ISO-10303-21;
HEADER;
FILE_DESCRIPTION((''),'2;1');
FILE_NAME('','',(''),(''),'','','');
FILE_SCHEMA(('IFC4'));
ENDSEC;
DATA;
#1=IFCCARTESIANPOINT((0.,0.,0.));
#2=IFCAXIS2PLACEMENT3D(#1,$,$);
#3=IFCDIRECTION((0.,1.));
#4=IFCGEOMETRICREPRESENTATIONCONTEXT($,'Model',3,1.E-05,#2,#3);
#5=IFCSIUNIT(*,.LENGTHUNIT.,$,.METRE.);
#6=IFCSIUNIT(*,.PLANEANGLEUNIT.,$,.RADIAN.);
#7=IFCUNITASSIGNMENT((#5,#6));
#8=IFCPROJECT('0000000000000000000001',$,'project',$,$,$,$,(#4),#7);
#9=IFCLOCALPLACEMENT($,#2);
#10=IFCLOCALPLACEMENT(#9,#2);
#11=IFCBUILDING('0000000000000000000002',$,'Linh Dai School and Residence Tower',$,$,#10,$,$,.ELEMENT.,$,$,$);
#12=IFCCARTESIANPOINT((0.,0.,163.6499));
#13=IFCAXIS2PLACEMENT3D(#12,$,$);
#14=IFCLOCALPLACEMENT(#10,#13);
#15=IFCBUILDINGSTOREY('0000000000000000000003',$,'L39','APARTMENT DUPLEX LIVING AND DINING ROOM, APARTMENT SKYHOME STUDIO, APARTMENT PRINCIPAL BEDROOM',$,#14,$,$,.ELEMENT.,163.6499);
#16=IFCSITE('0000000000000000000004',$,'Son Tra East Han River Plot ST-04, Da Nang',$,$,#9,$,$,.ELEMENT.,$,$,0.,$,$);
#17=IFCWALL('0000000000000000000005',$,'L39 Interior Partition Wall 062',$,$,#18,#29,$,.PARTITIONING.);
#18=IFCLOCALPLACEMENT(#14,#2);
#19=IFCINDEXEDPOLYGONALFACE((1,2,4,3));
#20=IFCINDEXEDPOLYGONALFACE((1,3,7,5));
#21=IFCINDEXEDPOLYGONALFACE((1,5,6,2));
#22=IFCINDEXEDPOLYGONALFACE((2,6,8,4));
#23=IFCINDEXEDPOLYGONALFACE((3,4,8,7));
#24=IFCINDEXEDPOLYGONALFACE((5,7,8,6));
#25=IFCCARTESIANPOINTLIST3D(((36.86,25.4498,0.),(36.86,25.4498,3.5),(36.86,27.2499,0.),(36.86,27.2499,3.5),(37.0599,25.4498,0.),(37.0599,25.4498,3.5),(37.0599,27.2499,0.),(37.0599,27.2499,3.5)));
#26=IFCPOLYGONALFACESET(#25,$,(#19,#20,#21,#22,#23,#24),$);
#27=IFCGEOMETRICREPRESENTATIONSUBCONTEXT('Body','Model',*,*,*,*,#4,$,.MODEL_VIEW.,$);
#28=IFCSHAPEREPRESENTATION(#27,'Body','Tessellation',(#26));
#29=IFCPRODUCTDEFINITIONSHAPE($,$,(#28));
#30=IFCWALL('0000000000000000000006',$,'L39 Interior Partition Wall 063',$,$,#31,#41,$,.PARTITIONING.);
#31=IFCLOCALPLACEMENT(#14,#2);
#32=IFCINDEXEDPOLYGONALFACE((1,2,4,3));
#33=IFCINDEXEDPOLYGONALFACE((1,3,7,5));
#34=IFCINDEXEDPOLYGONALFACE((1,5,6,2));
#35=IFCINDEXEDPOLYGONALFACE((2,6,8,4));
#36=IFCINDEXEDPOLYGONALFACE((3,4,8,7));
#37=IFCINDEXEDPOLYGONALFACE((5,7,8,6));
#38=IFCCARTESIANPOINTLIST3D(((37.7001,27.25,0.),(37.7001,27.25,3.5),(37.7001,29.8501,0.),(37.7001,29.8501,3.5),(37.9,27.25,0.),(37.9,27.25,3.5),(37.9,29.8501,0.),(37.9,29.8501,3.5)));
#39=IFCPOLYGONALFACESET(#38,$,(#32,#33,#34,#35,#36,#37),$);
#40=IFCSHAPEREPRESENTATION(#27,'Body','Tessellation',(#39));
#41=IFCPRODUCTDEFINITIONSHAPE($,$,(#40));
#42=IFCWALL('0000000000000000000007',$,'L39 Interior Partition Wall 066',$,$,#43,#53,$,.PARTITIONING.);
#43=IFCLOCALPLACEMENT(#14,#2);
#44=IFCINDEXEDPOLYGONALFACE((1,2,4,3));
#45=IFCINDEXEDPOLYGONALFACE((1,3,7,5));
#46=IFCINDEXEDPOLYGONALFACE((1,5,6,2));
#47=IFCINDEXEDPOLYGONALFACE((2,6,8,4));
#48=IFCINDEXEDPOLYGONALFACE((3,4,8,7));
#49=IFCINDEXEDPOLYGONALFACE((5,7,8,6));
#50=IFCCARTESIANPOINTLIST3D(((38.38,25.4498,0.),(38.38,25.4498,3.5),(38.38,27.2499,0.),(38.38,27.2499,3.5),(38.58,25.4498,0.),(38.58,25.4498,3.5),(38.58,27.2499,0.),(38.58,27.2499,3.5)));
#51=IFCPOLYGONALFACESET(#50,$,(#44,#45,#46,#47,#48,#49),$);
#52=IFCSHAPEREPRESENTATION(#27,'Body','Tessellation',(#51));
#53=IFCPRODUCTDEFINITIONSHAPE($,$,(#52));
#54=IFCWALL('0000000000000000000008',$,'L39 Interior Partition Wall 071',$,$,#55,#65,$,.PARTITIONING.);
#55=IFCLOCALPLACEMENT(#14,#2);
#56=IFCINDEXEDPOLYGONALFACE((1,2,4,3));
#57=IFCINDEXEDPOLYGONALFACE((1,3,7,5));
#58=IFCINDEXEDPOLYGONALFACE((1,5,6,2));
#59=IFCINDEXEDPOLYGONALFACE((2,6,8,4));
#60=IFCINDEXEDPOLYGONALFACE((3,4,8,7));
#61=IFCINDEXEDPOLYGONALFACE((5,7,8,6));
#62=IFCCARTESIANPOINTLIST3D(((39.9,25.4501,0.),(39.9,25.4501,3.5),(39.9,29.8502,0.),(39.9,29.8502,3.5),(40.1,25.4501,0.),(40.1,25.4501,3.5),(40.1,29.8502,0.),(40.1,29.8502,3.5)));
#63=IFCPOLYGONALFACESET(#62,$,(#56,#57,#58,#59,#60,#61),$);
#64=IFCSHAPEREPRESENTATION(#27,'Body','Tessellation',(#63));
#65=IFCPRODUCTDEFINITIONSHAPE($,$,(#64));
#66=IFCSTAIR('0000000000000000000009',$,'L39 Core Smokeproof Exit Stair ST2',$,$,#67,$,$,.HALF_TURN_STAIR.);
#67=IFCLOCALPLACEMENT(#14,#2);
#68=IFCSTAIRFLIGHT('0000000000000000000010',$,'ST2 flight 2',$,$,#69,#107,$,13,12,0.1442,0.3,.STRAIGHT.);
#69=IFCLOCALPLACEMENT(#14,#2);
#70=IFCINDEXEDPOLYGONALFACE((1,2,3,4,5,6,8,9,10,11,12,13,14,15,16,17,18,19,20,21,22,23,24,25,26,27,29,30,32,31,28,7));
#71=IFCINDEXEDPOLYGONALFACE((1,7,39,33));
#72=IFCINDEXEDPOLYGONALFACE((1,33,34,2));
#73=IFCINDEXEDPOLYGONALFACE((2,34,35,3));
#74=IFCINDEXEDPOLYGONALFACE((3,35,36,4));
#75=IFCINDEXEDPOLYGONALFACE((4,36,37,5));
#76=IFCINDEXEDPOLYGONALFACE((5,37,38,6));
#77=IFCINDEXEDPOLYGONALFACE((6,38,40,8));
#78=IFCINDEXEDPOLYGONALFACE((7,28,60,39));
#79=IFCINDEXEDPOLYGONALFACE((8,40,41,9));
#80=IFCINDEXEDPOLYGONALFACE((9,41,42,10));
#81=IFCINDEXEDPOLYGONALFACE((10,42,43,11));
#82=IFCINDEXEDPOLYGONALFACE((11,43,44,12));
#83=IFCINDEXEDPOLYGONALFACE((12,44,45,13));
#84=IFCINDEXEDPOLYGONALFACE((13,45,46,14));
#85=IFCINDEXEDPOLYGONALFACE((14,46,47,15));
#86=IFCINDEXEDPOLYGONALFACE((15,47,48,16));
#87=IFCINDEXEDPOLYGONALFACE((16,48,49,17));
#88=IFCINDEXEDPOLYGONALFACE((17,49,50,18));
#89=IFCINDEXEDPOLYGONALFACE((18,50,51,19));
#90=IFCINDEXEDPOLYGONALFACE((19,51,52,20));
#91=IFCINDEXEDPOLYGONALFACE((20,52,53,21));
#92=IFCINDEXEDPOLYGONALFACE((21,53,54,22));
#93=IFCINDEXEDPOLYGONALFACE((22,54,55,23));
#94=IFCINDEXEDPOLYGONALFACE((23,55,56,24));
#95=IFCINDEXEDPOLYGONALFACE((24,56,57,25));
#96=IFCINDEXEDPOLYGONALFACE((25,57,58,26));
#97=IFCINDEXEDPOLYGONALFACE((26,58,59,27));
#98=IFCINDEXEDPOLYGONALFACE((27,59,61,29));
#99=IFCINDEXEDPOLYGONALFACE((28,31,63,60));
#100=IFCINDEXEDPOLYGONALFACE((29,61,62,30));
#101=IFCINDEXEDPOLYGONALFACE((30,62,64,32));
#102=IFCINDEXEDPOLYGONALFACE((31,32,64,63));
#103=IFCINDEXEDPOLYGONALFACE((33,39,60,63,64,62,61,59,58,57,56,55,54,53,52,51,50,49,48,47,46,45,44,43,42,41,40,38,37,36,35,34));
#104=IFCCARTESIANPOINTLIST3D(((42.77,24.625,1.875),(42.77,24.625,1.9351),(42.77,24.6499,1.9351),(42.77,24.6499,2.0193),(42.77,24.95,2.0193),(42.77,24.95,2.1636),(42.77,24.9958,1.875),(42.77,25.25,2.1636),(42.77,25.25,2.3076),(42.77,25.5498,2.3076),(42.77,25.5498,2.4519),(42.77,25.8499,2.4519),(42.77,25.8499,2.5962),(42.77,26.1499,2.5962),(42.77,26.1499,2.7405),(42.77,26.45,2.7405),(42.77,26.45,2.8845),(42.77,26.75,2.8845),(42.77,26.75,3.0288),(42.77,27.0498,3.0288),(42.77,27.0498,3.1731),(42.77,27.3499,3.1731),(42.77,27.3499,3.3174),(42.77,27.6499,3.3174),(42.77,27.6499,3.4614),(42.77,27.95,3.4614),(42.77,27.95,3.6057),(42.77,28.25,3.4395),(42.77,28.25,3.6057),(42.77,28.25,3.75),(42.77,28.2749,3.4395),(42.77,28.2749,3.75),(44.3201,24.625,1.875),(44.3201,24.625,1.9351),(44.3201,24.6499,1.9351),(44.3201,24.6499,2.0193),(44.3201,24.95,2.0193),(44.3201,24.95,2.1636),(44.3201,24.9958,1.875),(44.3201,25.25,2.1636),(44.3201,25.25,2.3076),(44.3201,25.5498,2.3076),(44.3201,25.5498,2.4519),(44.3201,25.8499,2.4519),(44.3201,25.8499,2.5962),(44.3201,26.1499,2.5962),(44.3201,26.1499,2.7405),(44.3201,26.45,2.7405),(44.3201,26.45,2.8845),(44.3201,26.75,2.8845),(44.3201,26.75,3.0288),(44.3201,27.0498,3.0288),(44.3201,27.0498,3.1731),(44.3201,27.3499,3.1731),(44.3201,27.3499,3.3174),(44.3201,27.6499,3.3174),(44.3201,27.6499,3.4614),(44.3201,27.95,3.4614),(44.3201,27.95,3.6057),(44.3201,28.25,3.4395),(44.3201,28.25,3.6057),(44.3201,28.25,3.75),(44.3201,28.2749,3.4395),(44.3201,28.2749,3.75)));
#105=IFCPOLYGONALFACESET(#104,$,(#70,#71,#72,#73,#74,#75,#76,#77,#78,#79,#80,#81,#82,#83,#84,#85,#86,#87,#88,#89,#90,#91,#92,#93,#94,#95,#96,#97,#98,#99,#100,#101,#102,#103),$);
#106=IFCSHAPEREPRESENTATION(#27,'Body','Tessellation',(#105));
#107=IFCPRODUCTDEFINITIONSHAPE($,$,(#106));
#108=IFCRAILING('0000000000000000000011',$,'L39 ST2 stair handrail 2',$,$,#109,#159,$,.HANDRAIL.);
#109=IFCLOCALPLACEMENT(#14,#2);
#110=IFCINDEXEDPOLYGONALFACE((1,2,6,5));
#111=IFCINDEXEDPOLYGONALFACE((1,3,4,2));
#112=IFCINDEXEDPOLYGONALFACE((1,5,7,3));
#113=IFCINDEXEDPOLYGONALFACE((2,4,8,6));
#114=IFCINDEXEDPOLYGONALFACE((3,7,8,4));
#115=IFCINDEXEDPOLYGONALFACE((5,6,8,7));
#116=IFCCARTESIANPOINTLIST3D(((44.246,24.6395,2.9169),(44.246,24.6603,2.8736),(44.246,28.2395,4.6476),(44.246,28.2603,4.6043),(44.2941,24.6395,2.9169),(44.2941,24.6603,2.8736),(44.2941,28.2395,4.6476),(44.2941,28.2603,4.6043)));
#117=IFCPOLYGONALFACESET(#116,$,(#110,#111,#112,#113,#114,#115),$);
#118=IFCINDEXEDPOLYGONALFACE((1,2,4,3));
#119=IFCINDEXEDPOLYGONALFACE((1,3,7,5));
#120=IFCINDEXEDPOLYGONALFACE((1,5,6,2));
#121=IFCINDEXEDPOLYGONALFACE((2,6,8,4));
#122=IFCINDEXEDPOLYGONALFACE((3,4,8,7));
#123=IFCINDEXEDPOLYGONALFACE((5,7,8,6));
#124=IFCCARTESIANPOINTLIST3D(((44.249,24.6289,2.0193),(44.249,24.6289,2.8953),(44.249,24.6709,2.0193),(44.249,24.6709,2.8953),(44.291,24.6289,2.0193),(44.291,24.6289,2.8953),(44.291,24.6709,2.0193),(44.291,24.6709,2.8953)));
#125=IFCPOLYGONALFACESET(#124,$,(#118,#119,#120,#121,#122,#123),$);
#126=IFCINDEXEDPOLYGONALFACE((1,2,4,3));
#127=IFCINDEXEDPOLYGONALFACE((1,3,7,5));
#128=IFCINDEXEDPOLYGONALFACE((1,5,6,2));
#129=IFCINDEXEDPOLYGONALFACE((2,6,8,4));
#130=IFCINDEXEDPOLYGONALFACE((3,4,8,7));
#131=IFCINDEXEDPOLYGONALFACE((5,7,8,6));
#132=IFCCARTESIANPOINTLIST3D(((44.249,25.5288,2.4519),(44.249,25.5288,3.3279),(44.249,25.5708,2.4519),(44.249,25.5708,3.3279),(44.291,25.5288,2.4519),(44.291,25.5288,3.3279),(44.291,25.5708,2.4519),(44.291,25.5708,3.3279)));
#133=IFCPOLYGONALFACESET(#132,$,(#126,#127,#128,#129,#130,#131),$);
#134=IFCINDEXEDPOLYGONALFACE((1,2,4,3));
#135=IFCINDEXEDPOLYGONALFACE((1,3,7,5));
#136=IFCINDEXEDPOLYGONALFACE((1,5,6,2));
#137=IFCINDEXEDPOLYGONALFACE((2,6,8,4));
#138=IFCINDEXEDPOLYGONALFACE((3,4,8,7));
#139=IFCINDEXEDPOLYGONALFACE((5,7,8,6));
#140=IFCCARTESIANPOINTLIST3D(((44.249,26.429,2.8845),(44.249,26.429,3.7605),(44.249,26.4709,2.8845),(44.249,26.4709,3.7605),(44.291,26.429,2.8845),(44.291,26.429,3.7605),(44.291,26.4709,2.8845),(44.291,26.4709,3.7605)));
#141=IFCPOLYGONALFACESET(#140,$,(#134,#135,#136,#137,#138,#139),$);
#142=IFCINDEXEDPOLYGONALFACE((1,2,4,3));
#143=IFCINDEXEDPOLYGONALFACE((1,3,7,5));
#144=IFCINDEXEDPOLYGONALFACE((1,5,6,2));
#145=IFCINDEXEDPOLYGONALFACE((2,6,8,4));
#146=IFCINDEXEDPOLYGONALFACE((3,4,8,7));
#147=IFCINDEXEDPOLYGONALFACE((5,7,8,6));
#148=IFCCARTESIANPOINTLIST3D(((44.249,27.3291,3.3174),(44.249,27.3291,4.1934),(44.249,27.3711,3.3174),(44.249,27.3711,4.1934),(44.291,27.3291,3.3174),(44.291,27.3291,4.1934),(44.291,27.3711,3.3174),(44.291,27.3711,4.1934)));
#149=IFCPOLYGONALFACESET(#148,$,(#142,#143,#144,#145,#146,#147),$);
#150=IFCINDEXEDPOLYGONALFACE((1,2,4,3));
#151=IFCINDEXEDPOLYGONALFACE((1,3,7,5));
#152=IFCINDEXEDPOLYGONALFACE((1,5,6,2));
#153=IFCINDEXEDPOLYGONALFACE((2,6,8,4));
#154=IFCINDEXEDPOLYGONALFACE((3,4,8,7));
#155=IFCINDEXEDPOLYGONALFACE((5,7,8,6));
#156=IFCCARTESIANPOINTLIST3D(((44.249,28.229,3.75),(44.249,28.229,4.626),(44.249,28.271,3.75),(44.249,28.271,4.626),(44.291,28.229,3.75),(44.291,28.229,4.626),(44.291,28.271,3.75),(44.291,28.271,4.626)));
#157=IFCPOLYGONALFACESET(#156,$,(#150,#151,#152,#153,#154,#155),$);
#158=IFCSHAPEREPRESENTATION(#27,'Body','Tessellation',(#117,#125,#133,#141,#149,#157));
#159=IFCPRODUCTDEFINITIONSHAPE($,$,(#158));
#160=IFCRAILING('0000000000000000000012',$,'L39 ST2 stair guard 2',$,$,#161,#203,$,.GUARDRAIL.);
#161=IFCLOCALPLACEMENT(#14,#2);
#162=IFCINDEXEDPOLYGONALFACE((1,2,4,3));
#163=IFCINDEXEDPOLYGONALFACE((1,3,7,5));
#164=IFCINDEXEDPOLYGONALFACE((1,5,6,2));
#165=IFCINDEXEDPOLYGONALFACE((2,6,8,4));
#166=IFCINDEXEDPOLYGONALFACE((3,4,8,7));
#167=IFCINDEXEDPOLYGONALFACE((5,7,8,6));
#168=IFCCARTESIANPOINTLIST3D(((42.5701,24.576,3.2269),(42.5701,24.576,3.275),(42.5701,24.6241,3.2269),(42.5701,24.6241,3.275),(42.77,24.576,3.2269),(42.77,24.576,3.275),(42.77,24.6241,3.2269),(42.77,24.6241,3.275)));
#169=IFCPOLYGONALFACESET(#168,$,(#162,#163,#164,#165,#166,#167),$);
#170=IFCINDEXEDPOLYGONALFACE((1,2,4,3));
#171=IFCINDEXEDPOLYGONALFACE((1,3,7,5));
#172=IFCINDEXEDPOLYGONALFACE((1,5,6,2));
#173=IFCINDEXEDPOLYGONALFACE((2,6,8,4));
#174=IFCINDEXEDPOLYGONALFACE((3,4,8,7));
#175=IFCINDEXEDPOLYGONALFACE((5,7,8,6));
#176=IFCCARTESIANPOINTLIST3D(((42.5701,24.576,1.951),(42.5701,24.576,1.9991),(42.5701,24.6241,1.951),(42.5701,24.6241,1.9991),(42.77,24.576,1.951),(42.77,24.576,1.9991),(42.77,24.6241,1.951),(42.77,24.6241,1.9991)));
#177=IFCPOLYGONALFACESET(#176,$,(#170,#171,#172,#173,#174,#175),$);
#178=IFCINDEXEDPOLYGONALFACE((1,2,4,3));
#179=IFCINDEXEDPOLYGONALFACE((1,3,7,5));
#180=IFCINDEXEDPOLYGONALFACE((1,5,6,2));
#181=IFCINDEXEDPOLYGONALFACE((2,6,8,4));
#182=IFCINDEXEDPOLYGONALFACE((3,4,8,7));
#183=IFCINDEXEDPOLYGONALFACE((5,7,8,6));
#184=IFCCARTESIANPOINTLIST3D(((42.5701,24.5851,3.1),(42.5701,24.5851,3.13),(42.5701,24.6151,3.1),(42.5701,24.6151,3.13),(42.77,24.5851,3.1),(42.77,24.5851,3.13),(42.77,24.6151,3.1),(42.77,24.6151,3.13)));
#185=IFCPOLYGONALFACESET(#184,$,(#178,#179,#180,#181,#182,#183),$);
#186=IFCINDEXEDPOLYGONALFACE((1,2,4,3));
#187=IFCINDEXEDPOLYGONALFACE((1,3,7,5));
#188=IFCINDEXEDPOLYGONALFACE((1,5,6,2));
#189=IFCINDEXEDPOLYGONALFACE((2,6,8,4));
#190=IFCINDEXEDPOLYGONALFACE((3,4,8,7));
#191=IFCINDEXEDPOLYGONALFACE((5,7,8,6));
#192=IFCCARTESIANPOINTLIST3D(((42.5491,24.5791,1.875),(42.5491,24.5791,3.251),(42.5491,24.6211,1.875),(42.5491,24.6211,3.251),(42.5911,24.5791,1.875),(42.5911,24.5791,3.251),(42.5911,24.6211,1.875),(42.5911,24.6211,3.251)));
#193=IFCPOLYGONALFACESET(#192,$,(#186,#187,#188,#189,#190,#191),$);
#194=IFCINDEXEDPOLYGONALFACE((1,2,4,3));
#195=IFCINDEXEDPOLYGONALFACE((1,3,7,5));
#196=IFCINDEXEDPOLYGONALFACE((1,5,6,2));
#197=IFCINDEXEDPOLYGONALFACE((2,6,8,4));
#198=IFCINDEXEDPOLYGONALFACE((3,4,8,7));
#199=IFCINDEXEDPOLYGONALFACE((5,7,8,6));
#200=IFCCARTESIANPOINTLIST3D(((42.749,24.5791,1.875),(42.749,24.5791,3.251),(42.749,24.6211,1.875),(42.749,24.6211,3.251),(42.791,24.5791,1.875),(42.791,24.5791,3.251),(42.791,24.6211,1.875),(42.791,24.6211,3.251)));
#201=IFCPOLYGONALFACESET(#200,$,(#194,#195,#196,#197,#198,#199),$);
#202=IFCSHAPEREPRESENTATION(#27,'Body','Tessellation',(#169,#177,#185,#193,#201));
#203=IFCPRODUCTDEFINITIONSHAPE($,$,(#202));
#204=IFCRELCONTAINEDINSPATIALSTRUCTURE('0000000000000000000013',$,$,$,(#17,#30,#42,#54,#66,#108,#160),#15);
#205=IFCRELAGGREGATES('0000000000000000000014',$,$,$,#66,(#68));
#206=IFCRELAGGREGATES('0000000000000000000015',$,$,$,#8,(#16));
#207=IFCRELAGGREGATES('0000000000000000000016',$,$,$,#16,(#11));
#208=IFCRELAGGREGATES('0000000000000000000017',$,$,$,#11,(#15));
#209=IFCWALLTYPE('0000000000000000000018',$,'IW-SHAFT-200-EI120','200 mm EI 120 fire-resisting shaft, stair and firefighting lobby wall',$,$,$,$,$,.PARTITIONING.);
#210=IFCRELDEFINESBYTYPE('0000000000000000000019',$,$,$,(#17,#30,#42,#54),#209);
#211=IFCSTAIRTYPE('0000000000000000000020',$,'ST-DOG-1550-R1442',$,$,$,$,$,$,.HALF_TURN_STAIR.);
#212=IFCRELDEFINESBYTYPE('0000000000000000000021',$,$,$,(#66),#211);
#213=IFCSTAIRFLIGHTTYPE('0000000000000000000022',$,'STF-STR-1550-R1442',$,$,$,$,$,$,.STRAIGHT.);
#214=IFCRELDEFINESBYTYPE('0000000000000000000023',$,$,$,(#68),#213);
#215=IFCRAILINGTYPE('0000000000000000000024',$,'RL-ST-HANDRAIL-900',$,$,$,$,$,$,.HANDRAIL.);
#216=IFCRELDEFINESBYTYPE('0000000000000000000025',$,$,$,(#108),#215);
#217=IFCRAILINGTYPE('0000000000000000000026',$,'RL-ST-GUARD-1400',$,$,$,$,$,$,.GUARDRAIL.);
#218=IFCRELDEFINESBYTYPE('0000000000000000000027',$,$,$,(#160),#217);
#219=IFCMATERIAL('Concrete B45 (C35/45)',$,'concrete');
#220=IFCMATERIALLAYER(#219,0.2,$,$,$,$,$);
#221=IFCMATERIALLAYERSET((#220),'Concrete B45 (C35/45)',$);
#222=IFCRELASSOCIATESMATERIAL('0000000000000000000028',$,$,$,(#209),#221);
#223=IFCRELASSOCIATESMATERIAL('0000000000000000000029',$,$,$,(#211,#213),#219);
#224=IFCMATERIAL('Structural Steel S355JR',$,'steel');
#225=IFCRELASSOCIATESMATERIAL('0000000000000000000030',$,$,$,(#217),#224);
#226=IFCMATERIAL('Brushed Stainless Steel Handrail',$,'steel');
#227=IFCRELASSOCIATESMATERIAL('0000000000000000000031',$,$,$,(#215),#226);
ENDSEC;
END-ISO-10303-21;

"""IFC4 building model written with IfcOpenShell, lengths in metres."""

from ifc_helpers import new_model, si_unit, direction, frame, frame_2d, origin, origin_2d, place, context, subcontext, project, spatial, polyline, rectangle, outline, extrude, source, transform, mapped, material, layer, layer_set, type_object, element, aggregate, save


model = new_model("IFC4")

# Units and contexts
model_context = context("Model", 3, precision=1e-05, world=origin(), true_north=direction((0.0, 1.0)))
body_context = subcontext(model_context, "Body", "Model", "MODEL_VIEW")
ifc_project = project(units=[si_unit("LENGTHUNIT", "METRE"), si_unit("PLANEANGLEUNIT", "RADIAN")], contexts=[model_context])

# Site, building, storey
site_placement = place(None, origin())
site = spatial("IfcSite", under=ifc_project, at=site_placement, Name="Son Tra East Han River Plot ST-04, Da Nang", CompositionType="ELEMENT", RefElevation=0.0)
building_placement = place(site_placement, origin())
building = spatial("IfcBuilding", under=site, at=building_placement, Name="Linh Dai School and Residence Tower", CompositionType="ELEMENT")
storey_placement = place(building_placement, frame((0.0, 0.0, 163.6499)))
storey = spatial("IfcBuildingStorey", under=building, at=storey_placement, Name="L39", Description="APARTMENT DUPLEX LIVING AND DINING ROOM, APARTMENT SKYHOME STUDIO, APARTMENT PRINCIPAL BEDROOM", CompositionType="ELEMENT", Elevation=163.6499)

# Shared definitions
ifc_material_1 = material(Name="Structural Steel S355JR", Category="steel")

# Walls
ifc_material_2 = material(Name="Concrete B45 (C35/45)", Category="concrete")
ifc_layer_1 = layer(ifc_material_2, 0.2)
ifc_layer_set_1 = layer_set([ifc_layer_1], Name="Concrete B45 (C35/45)")
wall_type_1 = type_object("IfcWallType", Name="IW-SHAFT-200-EI120", Description="200 mm EI 120 fire-resisting shaft, stair and firefighting lobby wall", PredefinedType="PARTITIONING", material=ifc_layer_set_1)
wall_1_placement = place(storey_placement, frame((36.96, 25.45, 0.0), z_axis=(0.0, 0.0, 1.0), x_axis=(0.0, 1.0, 0.0)))
element("IfcWall", 1, at=wall_1_placement, inside=storey, type_object=wall_type_1, Name="L39 Interior Partition Wall 062", PredefinedType="PARTITIONING", context=body_context, shape_type="SweptSolid", body=[
    extrude(rectangle(XDim=1.8, YDim=0.2, at=frame_2d((0.8999, 0.0))), origin(), (0.0, 0.0, 1.0), 3.5),
])
wall_2_placement = place(storey_placement, frame((37.8, 27.25, 0.0), z_axis=(0.0, 0.0, 1.0), x_axis=(0.0, 1.0, 0.0)))
element("IfcWall", 2, at=wall_2_placement, inside=storey, type_object=wall_type_1, Name="L39 Interior Partition Wall 063", PredefinedType="PARTITIONING", context=body_context, shape_type="SweptSolid", body=[
    extrude(rectangle(XDim=2.6001, YDim=0.2, at=frame_2d((1.3, 0.0))), origin(), (0.0, 0.0, 1.0), 3.5),
])
wall_3_placement = place(storey_placement, frame((38.48, 25.45, 0.0), z_axis=(0.0, 0.0, 1.0), x_axis=(0.0, 1.0, 0.0)))
element("IfcWall", 3, at=wall_3_placement, inside=storey, type_object=wall_type_1, Name="L39 Interior Partition Wall 066", PredefinedType="PARTITIONING", context=body_context, shape_type="SweptSolid", body=[
    extrude(rectangle(XDim=1.8, YDim=0.2, at=frame_2d((0.8999, 0.0))), origin(), (0.0, 0.0, 1.0), 3.5),
])
wall_4_placement = place(storey_placement, frame((40.0, 25.45, 0.0), z_axis=(0.0, 0.0, 1.0), x_axis=(0.0, 1.0, 0.0)))
element("IfcWall", 4, at=wall_4_placement, inside=storey, type_object=wall_type_1, Name="L39 Interior Partition Wall 071", PredefinedType="PARTITIONING", context=body_context, shape_type="SweptSolid", body=[
    extrude(rectangle(XDim=4.4001, YDim=0.2, at=frame_2d((2.2002, 0.0))), origin(), (0.0, 0.0, 1.0), 3.5),
])

# Stair, stair flight
stair_type = type_object("IfcStairType", Name="ST-DOG-1550-R1442", PredefinedType="HALF_TURN_STAIR", material=ifc_material_2)
stair_placement = place(storey_placement, origin())
stair = element("IfcStair", 5, at=stair_placement, inside=storey, type_object=stair_type, Name="L39 Core Smokeproof Exit Stair ST2", PredefinedType="HALF_TURN_STAIR")
stair_flight_type = type_object("IfcStairFlightType", Name="STF-STR-1550-R1442", PredefinedType="STRAIGHT", material=ifc_material_2)
shared_shape_1 = source(origin(), body_context, "Body", "SweptSolid", [
    extrude(outline(polyline([(-0.0249, 0.0), (-0.0249, 0.0601), (0.0, 0.0601), (0.0, 0.1443), (0.3, 0.1443), (0.3, 0.2886), (0.6001, 0.2886), (0.6001, 0.4326), (0.8999, 0.4326), (0.8999, 0.5769), (1.2, 0.5769), (1.2, 0.7212), (1.5, 0.7212), (1.5, 0.8655), (1.8, 0.8655), (1.8, 1.0095), (2.1001, 1.0095), (2.1001, 1.1538), (2.3999, 1.1538), (2.3999, 1.2981), (2.7, 1.2981), (2.7, 1.4424), (3.0, 1.4424), (3.0, 1.5864), (3.3, 1.5864), (3.3, 1.7307), (3.6001, 1.7307), (3.6001, 1.875), (3.625, 1.875), (3.625, 1.5645), (3.6001, 1.5645), (0.3459, 0.0), (-0.0249, 0.0)])), frame((0.0, 0.7749, 0.0), z_axis=(0.0, -1.0, 0.0), x_axis=(1.0, 0.0, 0.0)), (0.0, 0.0, 1.0), 1.55),
])
stair_flight_placement = place(storey_placement, frame((43.5449, 24.6499, 1.875), z_axis=(0.0, 0.0, 1.0), x_axis=(0.0, 1.0, 0.0)))
stair_flight = element("IfcStairFlight", 6, at=stair_flight_placement, type_object=stair_flight_type, Name="ST2 flight 2", NumberOfRisers=13, NumberOfTreads=12, PredefinedType="STRAIGHT", RiserHeight=0.1442, TreadLength=0.3, context=body_context, shape_type="MappedRepresentation", body=[
    mapped(shared_shape_1, transform((0.0, 0.0, 0.0), x_axis=(1.0, 0.0, 0.0), y_axis=(0.0, 1.0, 0.0), z_axis=(0.0, 0.0, 1.0), scale=1.0)),
])
aggregate(stair, [stair_flight])

# Railings
railing_type_1 = type_object("IfcRailingType", Name="RL-ST-GUARD-1400", PredefinedType="GUARDRAIL", material=ifc_material_1)
ifc_material_3 = material(Name="Brushed Stainless Steel Handrail", Category="steel")
railing_type_2 = type_object("IfcRailingType", Name="RL-ST-HANDRAIL-900", PredefinedType="HANDRAIL", material=ifc_material_3)
shared_shape_2 = source(origin(), body_context, "Body", "SweptSolid", [
    extrude(rectangle(XDim=0.0481, YDim=0.0481, at=origin_2d()), frame((0.0, 0.0, 0.876), z_axis=(0.0, 0.901263, 0.433273), x_axis=(-1.0, 0.0, 0.0)), (0.0, 0.0, 1.0), 3.9944),
    extrude(rectangle(XDim=0.042, YDim=0.042, at=origin_2d()), origin(), (0.0, 0.0, 1.0), 0.876),
    extrude(rectangle(XDim=0.042, YDim=0.042, at=origin_2d()), frame((0.0, 0.8999, 0.4326)), (0.0, 0.0, 1.0), 0.876),
    extrude(rectangle(XDim=0.042, YDim=0.042, at=origin_2d()), frame((0.0, 1.8, 0.8652)), (0.0, 0.0, 1.0), 0.876),
    extrude(rectangle(XDim=0.042, YDim=0.042, at=origin_2d()), frame((0.0, 2.7002, 1.2981)), (0.0, 0.0, 1.0), 0.876),
    extrude(rectangle(XDim=0.042, YDim=0.042, at=origin_2d()), frame((0.0, 3.6001, 1.7307)), (0.0, 0.0, 1.0), 0.876),
])
railing_1_placement = place(storey_placement, frame((44.27, 24.6499, 2.0193)))
element("IfcRailing", 7, at=railing_1_placement, inside=storey, type_object=railing_type_2, Name="L39 ST2 stair handrail 2", PredefinedType="HANDRAIL", context=body_context, shape_type="MappedRepresentation", body=[
    mapped(shared_shape_2, transform((0.0, 0.0, 0.0), x_axis=(1.0, 0.0, 0.0), y_axis=(0.0, 1.0, 0.0), z_axis=(0.0, 0.0, 1.0), scale=1.0)),
])
shared_shape_3 = source(origin(), body_context, "Body", "SweptSolid", [
    extrude(rectangle(XDim=0.0481, YDim=0.0481, at=origin_2d()), frame((0.0, 0.0, 1.376), z_axis=(1.0, 0.0, 0.0), x_axis=(0.0, 1.0, 0.0)), (0.0, 0.0, 1.0), 0.2),
    extrude(rectangle(XDim=0.0481, YDim=0.0481, at=origin_2d()), frame((0.0, 0.0, 0.1001), z_axis=(1.0, 0.0, 0.0), x_axis=(0.0, 1.0, 0.0)), (0.0, 0.0, 1.0), 0.2),
    extrude(rectangle(XDim=0.03, YDim=0.03, at=origin_2d()), frame((0.0, 0.0, 1.24), z_axis=(1.0, 0.0, 0.0), x_axis=(0.0, 1.0, 0.0)), (0.0, 0.0, 1.0), 0.2),
    extrude(rectangle(XDim=0.042, YDim=0.042, at=origin_2d()), origin(), (0.0, 0.0, 1.0), 1.376),
    extrude(rectangle(XDim=0.042, YDim=0.042, at=origin_2d()), frame((0.2, 0.0, 0.0)), (0.0, 0.0, 1.0), 1.376),
])
railing_2_placement = place(storey_placement, frame((42.5701, 24.6001, 1.875)))
element("IfcRailing", 8, at=railing_2_placement, inside=storey, type_object=railing_type_1, Name="L39 ST2 stair guard 2", PredefinedType="GUARDRAIL", context=body_context, shape_type="MappedRepresentation", body=[
    mapped(shared_shape_3, transform((0.0, 0.0, 0.0), x_axis=(1.0, 0.0, 0.0), y_axis=(0.0, 1.0, 0.0), z_axis=(0.0, 0.0, 1.0), scale=1.0)),
])

save(model, "model.ifc")
